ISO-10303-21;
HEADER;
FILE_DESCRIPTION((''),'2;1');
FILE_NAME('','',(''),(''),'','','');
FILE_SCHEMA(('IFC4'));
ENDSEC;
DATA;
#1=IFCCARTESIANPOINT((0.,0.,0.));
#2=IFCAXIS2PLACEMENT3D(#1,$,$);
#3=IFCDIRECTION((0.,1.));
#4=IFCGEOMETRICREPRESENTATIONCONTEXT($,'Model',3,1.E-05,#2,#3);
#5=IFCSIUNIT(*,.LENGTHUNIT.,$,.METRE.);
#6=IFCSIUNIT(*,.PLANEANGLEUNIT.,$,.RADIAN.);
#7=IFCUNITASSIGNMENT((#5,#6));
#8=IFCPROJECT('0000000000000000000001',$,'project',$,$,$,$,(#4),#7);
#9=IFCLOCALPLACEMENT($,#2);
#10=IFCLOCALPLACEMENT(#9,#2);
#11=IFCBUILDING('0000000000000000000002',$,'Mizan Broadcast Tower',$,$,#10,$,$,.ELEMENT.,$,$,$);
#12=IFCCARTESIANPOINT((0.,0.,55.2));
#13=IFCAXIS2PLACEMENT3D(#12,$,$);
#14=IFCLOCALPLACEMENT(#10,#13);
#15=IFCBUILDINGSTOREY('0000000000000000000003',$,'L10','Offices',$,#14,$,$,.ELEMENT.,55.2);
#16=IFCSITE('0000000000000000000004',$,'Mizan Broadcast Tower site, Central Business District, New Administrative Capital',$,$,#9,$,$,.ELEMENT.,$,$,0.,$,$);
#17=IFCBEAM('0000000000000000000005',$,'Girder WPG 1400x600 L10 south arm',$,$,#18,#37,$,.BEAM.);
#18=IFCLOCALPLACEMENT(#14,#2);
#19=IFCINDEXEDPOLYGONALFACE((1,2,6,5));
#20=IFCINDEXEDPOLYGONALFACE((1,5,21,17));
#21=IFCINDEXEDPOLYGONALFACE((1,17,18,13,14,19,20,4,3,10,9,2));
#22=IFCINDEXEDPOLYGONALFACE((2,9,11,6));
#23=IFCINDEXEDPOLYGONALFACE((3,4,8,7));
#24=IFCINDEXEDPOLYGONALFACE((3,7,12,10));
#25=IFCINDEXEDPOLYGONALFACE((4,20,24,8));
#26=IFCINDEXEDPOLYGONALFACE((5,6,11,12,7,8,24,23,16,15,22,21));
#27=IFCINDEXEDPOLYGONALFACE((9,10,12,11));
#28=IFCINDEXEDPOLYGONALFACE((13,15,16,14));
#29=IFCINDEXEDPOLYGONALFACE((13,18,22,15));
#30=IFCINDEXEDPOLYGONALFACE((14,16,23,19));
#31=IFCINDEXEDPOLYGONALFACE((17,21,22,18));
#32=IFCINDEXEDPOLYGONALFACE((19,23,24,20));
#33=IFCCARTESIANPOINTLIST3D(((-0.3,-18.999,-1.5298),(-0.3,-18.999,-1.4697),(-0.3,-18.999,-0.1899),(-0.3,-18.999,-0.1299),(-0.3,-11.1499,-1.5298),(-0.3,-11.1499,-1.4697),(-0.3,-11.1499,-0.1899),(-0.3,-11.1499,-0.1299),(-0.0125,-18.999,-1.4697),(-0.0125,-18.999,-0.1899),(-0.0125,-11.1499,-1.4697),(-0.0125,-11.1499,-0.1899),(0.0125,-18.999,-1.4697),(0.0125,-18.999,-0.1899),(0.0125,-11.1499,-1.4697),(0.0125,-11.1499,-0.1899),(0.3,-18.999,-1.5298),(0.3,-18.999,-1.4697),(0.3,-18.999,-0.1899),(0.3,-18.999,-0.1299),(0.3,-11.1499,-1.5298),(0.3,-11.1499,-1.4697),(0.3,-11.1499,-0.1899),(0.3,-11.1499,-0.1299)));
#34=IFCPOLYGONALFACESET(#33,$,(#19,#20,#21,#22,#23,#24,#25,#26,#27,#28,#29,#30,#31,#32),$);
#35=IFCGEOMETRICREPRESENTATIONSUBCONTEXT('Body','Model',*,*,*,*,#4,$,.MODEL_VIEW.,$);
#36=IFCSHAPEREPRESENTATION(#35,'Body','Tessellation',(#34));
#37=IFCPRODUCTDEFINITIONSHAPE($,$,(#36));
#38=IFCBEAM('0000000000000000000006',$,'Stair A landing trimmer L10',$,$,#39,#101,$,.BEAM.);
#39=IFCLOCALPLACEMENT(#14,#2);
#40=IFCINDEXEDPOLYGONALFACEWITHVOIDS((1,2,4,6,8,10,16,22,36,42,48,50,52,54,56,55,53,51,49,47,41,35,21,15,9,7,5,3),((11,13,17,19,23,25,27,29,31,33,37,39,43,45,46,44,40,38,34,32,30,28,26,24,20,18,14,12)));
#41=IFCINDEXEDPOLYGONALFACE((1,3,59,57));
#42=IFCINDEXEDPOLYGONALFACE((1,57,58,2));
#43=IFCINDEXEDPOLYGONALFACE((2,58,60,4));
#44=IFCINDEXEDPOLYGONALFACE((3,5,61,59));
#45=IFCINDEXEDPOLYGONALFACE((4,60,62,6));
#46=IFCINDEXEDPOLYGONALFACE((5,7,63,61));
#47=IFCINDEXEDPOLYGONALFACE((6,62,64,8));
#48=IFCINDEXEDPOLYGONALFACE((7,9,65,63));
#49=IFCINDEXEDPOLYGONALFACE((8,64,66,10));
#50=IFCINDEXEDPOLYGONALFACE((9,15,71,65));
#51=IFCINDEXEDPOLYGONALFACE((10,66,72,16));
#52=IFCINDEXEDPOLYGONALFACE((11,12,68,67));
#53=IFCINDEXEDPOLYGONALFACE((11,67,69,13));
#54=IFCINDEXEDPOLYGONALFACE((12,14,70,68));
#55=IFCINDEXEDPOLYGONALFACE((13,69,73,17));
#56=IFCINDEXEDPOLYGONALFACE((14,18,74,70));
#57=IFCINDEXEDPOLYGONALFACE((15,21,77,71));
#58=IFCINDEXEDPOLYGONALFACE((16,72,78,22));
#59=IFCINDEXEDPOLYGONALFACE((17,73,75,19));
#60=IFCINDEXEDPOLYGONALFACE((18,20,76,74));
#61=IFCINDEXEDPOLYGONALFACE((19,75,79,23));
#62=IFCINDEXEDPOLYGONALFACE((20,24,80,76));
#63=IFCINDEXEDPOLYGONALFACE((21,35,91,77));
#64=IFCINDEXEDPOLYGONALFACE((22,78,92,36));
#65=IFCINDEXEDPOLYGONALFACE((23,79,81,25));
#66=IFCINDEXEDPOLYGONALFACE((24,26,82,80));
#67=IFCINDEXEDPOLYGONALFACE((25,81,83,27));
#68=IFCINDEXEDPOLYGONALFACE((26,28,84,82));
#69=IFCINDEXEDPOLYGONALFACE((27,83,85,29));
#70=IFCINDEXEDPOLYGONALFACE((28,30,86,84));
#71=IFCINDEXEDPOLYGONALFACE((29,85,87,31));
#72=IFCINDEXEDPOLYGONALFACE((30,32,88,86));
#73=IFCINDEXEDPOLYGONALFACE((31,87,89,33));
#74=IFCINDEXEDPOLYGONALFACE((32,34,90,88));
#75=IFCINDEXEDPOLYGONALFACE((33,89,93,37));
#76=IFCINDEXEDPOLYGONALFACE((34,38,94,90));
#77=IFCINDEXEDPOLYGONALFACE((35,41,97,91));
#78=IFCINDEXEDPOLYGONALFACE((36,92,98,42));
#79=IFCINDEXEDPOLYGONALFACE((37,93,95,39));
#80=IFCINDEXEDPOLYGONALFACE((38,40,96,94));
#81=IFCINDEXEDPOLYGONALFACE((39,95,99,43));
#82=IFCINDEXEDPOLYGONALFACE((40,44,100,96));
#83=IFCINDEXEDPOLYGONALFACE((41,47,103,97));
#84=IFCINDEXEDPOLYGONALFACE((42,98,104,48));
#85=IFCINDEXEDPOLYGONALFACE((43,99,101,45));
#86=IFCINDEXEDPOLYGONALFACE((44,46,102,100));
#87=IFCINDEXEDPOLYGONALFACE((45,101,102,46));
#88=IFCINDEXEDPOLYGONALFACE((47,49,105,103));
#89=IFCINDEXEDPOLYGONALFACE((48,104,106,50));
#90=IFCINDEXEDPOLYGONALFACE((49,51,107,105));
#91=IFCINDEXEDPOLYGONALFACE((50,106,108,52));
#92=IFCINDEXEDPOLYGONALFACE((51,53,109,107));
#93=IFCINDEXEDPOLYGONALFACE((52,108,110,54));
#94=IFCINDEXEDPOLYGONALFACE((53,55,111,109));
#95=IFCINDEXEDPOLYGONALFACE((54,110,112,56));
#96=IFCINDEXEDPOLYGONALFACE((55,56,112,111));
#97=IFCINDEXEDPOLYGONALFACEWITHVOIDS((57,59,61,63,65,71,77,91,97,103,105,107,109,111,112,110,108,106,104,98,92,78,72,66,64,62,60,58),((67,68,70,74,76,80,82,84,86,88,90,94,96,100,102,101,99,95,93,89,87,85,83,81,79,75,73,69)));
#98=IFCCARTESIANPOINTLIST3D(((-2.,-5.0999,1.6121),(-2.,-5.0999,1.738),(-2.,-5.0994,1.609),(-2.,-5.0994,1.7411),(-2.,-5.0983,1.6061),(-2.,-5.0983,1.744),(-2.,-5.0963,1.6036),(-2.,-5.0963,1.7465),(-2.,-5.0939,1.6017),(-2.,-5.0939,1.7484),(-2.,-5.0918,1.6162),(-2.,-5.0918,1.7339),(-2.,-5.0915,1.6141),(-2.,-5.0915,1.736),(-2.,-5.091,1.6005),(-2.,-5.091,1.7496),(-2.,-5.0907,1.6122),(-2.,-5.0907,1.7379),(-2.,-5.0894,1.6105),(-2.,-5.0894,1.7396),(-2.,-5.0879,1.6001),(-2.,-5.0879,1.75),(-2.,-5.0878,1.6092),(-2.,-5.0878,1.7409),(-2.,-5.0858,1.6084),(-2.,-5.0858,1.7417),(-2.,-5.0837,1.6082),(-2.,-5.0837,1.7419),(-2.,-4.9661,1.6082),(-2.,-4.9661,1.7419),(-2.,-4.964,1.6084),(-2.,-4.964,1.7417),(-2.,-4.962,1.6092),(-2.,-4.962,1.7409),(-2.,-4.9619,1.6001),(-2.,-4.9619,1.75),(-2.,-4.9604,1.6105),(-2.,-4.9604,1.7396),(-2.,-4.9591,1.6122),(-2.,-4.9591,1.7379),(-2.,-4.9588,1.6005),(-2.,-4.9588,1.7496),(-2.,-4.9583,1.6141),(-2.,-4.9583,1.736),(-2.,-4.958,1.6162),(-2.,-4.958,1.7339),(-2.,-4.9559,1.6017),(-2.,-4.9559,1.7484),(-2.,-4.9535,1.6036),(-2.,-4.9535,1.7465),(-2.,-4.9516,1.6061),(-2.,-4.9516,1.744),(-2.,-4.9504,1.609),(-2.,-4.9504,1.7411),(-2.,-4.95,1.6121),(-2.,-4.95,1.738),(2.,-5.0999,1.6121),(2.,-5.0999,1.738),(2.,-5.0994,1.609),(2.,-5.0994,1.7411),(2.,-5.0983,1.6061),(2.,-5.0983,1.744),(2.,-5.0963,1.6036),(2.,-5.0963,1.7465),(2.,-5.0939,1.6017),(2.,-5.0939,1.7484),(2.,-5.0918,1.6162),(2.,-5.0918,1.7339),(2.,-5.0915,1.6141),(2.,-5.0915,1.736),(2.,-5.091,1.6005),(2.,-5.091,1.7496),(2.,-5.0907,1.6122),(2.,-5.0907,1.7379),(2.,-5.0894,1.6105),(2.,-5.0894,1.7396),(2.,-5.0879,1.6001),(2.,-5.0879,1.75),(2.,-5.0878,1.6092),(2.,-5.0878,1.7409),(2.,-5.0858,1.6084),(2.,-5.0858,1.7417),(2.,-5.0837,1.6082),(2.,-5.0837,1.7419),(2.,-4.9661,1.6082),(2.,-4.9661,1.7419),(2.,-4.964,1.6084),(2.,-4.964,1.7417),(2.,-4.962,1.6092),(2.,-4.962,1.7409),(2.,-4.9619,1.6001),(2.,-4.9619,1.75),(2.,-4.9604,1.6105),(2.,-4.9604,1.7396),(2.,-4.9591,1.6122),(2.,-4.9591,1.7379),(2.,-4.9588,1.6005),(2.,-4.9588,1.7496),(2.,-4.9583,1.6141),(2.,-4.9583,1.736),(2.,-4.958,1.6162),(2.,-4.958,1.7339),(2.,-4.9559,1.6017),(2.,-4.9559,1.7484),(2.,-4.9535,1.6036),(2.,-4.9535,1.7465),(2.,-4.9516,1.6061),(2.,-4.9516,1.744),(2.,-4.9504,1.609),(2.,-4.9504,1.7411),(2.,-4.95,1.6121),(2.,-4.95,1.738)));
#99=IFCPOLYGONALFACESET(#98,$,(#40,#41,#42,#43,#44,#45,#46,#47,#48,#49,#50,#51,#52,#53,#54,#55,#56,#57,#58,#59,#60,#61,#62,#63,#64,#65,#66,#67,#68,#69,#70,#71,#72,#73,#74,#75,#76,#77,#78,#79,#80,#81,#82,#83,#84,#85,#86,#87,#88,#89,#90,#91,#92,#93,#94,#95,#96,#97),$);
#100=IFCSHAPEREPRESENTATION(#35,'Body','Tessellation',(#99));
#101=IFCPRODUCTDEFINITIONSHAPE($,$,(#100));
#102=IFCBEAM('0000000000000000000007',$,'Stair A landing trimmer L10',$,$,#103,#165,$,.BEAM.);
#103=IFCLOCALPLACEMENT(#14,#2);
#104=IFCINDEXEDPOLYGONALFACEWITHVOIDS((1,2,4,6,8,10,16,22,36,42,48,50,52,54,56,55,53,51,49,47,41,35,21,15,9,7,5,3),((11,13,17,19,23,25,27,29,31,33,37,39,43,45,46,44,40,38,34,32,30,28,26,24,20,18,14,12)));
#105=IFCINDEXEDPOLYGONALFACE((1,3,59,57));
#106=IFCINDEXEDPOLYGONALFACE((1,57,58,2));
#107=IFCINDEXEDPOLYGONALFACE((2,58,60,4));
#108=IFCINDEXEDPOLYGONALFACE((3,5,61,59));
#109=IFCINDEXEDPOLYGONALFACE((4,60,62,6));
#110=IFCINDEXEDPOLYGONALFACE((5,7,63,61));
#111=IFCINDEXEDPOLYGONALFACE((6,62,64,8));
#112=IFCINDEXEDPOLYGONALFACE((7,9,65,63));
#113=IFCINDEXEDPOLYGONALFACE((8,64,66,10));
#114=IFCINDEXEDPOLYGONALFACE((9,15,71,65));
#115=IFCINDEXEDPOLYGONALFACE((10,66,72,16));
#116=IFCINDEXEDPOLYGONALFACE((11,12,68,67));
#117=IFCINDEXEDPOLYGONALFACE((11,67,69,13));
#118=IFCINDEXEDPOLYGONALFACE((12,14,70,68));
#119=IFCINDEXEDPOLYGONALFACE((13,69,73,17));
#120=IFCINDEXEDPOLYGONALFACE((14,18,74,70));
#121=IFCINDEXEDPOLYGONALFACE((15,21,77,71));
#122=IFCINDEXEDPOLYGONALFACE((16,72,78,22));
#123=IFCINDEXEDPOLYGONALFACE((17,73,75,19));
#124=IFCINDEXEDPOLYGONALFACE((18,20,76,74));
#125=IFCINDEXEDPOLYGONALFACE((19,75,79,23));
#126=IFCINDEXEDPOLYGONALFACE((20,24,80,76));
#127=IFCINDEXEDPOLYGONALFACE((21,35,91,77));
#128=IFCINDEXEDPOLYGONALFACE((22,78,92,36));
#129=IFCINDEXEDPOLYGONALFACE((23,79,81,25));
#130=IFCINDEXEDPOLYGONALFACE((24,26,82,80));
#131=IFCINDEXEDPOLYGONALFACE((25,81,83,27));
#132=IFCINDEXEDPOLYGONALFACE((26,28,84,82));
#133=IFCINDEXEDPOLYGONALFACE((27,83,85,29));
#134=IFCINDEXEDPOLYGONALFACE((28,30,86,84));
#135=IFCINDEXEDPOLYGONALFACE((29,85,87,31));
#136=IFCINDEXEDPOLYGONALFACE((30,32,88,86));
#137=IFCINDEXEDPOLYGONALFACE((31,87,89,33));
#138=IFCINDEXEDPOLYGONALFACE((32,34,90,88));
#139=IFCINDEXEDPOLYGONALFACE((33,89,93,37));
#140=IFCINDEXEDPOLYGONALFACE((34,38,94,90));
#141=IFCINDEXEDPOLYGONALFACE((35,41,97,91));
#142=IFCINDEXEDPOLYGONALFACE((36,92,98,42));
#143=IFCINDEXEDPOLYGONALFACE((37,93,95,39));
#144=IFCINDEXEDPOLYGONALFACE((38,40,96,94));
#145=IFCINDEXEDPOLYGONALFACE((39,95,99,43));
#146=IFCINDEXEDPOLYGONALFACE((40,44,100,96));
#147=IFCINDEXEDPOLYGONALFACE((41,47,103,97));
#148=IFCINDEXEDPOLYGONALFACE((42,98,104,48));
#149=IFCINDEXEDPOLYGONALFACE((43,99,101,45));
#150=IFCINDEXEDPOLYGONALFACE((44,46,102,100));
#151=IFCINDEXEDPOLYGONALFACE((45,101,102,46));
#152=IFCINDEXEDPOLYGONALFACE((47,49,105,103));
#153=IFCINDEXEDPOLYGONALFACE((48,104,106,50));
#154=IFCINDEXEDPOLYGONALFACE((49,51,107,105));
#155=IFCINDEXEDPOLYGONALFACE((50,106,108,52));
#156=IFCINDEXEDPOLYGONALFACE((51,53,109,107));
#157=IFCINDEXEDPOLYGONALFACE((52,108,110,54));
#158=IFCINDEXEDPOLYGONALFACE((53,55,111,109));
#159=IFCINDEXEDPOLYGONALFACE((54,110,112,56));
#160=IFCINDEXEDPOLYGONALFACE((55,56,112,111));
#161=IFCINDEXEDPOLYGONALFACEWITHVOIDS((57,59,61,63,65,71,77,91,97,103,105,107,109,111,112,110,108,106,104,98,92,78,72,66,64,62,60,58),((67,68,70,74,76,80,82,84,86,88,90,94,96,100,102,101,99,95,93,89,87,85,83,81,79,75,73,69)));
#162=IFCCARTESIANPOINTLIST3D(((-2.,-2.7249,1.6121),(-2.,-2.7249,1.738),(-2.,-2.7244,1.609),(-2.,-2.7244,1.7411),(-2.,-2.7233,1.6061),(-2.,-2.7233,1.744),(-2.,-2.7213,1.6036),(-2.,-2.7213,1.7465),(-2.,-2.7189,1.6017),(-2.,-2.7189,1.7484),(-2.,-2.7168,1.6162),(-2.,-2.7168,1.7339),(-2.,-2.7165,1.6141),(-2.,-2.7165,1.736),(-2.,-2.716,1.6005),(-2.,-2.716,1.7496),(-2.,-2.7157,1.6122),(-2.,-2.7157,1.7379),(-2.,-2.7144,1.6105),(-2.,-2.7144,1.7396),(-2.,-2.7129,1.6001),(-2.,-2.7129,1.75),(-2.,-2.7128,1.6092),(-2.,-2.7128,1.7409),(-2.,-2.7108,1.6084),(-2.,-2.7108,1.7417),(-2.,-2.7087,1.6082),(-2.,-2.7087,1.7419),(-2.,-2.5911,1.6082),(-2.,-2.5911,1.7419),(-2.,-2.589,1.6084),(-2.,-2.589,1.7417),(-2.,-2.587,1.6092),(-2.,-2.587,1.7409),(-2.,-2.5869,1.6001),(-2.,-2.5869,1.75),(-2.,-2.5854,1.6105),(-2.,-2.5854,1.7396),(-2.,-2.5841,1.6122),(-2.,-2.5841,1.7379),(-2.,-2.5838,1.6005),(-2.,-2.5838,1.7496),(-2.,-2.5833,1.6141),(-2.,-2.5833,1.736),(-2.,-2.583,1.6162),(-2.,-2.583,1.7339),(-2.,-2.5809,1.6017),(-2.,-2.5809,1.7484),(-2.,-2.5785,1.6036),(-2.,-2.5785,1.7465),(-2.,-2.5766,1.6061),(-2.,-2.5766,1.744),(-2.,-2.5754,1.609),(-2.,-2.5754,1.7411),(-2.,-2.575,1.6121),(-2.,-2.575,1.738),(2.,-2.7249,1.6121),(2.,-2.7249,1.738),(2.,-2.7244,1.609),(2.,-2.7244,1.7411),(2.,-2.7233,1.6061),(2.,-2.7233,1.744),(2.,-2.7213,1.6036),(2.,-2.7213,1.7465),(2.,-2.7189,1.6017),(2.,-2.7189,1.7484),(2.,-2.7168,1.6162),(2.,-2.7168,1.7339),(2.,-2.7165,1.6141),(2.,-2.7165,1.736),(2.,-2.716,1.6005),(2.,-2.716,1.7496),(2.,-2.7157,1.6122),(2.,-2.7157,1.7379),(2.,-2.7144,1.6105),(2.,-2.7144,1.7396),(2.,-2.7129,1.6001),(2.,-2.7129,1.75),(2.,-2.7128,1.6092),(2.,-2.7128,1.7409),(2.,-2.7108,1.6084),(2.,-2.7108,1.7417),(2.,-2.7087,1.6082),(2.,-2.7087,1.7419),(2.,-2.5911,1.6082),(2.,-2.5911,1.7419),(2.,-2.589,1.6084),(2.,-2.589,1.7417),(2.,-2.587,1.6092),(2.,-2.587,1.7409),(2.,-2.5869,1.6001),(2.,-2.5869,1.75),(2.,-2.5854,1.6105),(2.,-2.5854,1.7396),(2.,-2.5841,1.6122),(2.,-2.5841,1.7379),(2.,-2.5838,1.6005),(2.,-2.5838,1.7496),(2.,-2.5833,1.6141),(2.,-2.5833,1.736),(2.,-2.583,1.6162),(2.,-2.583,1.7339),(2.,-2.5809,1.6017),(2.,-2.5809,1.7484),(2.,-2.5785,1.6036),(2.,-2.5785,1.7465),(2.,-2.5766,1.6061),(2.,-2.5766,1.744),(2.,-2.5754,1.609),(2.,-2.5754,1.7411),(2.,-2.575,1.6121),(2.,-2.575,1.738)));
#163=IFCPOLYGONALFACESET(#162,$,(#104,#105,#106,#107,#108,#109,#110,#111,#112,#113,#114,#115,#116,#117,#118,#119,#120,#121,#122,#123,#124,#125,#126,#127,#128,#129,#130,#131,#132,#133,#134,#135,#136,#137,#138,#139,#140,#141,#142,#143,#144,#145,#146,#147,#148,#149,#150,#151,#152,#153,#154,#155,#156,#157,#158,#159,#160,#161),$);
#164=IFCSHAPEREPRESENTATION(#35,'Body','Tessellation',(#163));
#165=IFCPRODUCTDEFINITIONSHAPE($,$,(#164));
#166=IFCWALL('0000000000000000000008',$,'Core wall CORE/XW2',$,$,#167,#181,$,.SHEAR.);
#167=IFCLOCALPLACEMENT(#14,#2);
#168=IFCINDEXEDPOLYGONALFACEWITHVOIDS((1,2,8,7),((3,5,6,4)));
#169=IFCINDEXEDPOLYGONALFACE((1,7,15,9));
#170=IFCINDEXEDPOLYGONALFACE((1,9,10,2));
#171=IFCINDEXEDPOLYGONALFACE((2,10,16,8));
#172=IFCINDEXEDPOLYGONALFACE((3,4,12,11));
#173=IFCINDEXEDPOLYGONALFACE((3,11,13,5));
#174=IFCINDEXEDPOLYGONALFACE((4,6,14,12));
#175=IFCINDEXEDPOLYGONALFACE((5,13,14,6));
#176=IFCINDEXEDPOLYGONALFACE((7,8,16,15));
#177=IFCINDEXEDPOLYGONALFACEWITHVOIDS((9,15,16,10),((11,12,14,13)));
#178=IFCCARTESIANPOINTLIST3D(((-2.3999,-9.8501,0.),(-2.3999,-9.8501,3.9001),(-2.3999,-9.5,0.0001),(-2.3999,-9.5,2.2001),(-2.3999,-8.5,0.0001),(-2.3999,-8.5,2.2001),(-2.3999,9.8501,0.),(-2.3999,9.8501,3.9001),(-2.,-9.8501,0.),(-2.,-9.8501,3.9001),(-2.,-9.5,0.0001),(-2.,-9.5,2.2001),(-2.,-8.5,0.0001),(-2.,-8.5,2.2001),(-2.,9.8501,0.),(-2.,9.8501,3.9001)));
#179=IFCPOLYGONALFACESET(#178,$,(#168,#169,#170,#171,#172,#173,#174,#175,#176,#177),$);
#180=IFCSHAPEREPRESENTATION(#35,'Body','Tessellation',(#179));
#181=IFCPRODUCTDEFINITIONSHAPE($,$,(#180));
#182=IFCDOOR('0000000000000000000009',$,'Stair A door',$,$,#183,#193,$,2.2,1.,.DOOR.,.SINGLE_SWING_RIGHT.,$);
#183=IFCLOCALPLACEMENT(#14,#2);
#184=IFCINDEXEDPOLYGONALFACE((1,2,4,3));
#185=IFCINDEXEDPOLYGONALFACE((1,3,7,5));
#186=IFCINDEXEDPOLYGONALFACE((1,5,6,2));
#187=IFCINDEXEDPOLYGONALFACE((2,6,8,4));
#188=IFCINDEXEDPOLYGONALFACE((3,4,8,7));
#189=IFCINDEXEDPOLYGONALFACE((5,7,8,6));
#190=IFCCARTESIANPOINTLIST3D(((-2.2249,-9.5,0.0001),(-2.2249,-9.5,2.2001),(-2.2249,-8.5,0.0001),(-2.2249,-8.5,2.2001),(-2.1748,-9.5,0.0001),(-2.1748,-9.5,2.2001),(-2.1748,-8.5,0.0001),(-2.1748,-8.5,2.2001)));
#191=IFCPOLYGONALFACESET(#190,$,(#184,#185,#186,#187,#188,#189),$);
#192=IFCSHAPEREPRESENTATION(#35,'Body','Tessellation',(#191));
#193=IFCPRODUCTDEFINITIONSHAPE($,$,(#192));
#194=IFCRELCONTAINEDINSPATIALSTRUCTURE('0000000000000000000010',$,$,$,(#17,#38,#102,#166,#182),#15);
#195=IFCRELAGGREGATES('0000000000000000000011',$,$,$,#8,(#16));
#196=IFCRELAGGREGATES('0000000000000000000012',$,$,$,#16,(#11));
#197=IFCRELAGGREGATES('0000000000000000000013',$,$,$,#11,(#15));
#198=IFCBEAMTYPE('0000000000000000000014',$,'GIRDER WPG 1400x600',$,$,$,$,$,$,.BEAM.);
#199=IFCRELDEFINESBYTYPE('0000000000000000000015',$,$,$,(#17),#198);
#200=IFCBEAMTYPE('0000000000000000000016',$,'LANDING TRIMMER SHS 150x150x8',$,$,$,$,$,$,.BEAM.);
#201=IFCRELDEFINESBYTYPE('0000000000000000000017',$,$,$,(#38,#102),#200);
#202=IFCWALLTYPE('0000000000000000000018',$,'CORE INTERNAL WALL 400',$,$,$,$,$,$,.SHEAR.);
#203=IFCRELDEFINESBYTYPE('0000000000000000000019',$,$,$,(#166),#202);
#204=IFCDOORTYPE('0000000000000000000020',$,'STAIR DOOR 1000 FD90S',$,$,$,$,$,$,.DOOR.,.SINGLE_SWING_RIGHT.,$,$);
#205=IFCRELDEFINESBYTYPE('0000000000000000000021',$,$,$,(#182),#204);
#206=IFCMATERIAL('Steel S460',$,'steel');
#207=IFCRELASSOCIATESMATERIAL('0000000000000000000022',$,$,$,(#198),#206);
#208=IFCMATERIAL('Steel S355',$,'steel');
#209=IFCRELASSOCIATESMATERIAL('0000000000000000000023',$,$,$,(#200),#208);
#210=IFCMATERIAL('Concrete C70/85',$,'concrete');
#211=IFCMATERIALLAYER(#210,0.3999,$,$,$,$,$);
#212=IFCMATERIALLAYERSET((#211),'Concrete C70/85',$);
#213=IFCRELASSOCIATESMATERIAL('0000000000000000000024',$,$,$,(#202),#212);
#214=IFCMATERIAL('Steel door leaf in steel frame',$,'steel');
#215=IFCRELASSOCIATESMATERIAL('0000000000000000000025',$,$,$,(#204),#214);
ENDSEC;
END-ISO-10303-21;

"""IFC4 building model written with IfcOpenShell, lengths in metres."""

from ifc_helpers import new_model, si_unit, direction, frame, frame_2d, origin, origin_2d, place, context, subcontext, project, spatial, rectangle, hollow_rectangle, i_section, extrude, material, layer, layer_set, material_profile, profile_set, type_object, element, fill, save


model = new_model("IFC4")

# Units and contexts
model_context = context("Model", 3, precision=1e-05, world=origin(), true_north=direction((0.0, 1.0)))
body_context = subcontext(model_context, "Body", "Model", "MODEL_VIEW")
ifc_project = project(units=[si_unit("LENGTHUNIT", "METRE"), si_unit("PLANEANGLEUNIT", "RADIAN")], contexts=[model_context])

# Site, building, storey
site_placement = place(None, origin())
site = spatial("IfcSite", under=ifc_project, at=site_placement, Name="Mizan Broadcast Tower site, Central Business District, New Administrative Capital", CompositionType="ELEMENT", RefElevation=0.0)
building_placement = place(site_placement, origin())
building = spatial("IfcBuilding", under=site, at=building_placement, Name="Mizan Broadcast Tower", CompositionType="ELEMENT")
storey_placement = place(building_placement, frame((0.0, 0.0, 55.2)))
storey = spatial("IfcBuildingStorey", under=building, at=storey_placement, Name="L10", Description="Offices", CompositionType="ELEMENT", Elevation=55.2)

# Beams
ifc_material_1 = material(Name="Steel S460", Category="steel")
ifc_material_profile_1 = material_profile(ifc_material_1, i_section(OverallWidth=0.6001, OverallDepth=1.3999, WebThickness=0.0249, FlangeThickness=0.0601, at=origin_2d()), Name="WPG 1400x600")
ifc_profile_set_1 = profile_set([ifc_material_profile_1], Name="Steel S460")
beam_type_1 = type_object("IfcBeamType", Name="GIRDER WPG 1400x600", PredefinedType="BEAM", material=ifc_profile_set_1)
beam_placement = place(storey_placement, frame((0.0, -11.1499, -0.8298), z_axis=(0.0, -1.0, 0.0), x_axis=(1.0, 0.0, 0.0)))
element("IfcBeam", 1, at=beam_placement, inside=storey, type_object=beam_type_1, Name="Girder WPG 1400x600 L10 south arm", PredefinedType="BEAM", context=body_context, shape_type="SweptSolid", body=[
    extrude(i_section(OverallWidth=0.6001, OverallDepth=1.3999, WebThickness=0.0249, FlangeThickness=0.0601, at=origin_2d()), origin(), (0.0, 0.0, 1.0), 7.8491),
])
ifc_material_2 = material(Name="Steel S355", Category="steel")
ifc_material_profile_2 = material_profile(ifc_material_2, hollow_rectangle(XDim=0.1499, YDim=0.1499, WallThickness=0.0081, InnerFilletRadius=0.0081, OuterFilletRadius=0.012, at=origin_2d()), Name="SHS 150x150x8")
ifc_profile_set_2 = profile_set([ifc_material_profile_2], Name="Steel S355")
beam_type_2 = type_object("IfcBeamType", Name="LANDING TRIMMER SHS 150x150x8", PredefinedType="BEAM", material=ifc_profile_set_2)
for number, where, z_axis, x_axis, name in (
    (2, (-2.0, -5.0249, 1.675), (1.0, 0.0, 0.0), (0.0, 1.0, 0.0), "Stair A landing trimmer L10"),
    (3, (-2.0, -2.6499, 1.675), (1.0, 0.0, 0.0), (0.0, 1.0, 0.0), "Stair A landing trimmer L10"),
):
    element("IfcBeam", number, at=place(storey_placement, frame(where, z_axis=z_axis, x_axis=x_axis)), inside=storey, type_object=beam_type_2, Name=name, PredefinedType="BEAM", context=body_context, shape_type="SweptSolid", body=[
        extrude(hollow_rectangle(XDim=0.1499, YDim=0.1499, WallThickness=0.0081, InnerFilletRadius=0.0081, OuterFilletRadius=0.012, at=origin_2d()), origin(), (0.0, 0.0, 1.0), 4.0),
    ])

# Wall, opening, door
ifc_material_3 = material(Name="Concrete C70/85", Category="concrete")
ifc_layer_1 = layer(ifc_material_3, 0.3999)
ifc_layer_set_1 = layer_set([ifc_layer_1], Name="Concrete C70/85")
wall_type_1 = type_object("IfcWallType", Name="CORE INTERNAL WALL 400", PredefinedType="SHEAR", material=ifc_layer_set_1)
wall_1_placement = place(storey_placement, frame((-2.2, -9.8501, 0.0), z_axis=(0.0, 0.0, 1.0), x_axis=(0.0, 1.0, 0.0)))
wall_1 = element("IfcWall", 4, at=wall_1_placement, inside=storey, type_object=wall_type_1, Name="Core wall CORE/XW2", PredefinedType="SHEAR", context=body_context, shape_type="SweptSolid", body=[
    extrude(rectangle(XDim=19.7002, YDim=0.3999, at=frame_2d((9.8501, 0.0))), origin(), (0.0, 0.0, 1.0), 3.9001),
])
opening_1_placement = place(wall_1_placement, frame((0.3501, 0.0, 0.0)))
opening_1 = element("IfcOpeningElement", 5, at=opening_1_placement, cuts=wall_1, PredefinedType="OPENING", context=body_context, shape_type="SweptSolid", body=[
    extrude(rectangle(XDim=1.0, YDim=2.2, at=frame_2d((0.5, 1.1001))), frame((0.0, 0.21, 0.0), z_axis=(0.0, -1.0, 0.0), x_axis=(1.0, 0.0, 0.0)), (0.0, 0.0, 1.0), 0.4199),
])
ifc_material_4 = material(Name="Steel door leaf in steel frame", Category="steel")
door_type_1 = type_object("IfcDoorType", Name="STAIR DOOR 1000 FD90S", OperationType="SINGLE_SWING_RIGHT", PredefinedType="DOOR", material=ifc_material_4)
door_1_placement = place(opening_1_placement, origin())
door_1 = element("IfcDoor", 6, at=door_1_placement, inside=storey, type_object=door_type_1, Name="Stair A door", OperationType="SINGLE_SWING_RIGHT", OverallHeight=2.2, OverallWidth=1.0, PredefinedType="DOOR", context=body_context, shape_type="SweptSolid", body=[
    extrude(rectangle(XDim=1.0, YDim=2.2, at=frame_2d((0.5, 1.1001))), frame((0.0, 0.0249, 0.0), z_axis=(0.0, -1.0, 0.0), x_axis=(1.0, 0.0, 0.0)), (0.0, 0.0, 1.0), 0.05),
])
fill(opening_1, door_1)

save(model, "model.ifc")
